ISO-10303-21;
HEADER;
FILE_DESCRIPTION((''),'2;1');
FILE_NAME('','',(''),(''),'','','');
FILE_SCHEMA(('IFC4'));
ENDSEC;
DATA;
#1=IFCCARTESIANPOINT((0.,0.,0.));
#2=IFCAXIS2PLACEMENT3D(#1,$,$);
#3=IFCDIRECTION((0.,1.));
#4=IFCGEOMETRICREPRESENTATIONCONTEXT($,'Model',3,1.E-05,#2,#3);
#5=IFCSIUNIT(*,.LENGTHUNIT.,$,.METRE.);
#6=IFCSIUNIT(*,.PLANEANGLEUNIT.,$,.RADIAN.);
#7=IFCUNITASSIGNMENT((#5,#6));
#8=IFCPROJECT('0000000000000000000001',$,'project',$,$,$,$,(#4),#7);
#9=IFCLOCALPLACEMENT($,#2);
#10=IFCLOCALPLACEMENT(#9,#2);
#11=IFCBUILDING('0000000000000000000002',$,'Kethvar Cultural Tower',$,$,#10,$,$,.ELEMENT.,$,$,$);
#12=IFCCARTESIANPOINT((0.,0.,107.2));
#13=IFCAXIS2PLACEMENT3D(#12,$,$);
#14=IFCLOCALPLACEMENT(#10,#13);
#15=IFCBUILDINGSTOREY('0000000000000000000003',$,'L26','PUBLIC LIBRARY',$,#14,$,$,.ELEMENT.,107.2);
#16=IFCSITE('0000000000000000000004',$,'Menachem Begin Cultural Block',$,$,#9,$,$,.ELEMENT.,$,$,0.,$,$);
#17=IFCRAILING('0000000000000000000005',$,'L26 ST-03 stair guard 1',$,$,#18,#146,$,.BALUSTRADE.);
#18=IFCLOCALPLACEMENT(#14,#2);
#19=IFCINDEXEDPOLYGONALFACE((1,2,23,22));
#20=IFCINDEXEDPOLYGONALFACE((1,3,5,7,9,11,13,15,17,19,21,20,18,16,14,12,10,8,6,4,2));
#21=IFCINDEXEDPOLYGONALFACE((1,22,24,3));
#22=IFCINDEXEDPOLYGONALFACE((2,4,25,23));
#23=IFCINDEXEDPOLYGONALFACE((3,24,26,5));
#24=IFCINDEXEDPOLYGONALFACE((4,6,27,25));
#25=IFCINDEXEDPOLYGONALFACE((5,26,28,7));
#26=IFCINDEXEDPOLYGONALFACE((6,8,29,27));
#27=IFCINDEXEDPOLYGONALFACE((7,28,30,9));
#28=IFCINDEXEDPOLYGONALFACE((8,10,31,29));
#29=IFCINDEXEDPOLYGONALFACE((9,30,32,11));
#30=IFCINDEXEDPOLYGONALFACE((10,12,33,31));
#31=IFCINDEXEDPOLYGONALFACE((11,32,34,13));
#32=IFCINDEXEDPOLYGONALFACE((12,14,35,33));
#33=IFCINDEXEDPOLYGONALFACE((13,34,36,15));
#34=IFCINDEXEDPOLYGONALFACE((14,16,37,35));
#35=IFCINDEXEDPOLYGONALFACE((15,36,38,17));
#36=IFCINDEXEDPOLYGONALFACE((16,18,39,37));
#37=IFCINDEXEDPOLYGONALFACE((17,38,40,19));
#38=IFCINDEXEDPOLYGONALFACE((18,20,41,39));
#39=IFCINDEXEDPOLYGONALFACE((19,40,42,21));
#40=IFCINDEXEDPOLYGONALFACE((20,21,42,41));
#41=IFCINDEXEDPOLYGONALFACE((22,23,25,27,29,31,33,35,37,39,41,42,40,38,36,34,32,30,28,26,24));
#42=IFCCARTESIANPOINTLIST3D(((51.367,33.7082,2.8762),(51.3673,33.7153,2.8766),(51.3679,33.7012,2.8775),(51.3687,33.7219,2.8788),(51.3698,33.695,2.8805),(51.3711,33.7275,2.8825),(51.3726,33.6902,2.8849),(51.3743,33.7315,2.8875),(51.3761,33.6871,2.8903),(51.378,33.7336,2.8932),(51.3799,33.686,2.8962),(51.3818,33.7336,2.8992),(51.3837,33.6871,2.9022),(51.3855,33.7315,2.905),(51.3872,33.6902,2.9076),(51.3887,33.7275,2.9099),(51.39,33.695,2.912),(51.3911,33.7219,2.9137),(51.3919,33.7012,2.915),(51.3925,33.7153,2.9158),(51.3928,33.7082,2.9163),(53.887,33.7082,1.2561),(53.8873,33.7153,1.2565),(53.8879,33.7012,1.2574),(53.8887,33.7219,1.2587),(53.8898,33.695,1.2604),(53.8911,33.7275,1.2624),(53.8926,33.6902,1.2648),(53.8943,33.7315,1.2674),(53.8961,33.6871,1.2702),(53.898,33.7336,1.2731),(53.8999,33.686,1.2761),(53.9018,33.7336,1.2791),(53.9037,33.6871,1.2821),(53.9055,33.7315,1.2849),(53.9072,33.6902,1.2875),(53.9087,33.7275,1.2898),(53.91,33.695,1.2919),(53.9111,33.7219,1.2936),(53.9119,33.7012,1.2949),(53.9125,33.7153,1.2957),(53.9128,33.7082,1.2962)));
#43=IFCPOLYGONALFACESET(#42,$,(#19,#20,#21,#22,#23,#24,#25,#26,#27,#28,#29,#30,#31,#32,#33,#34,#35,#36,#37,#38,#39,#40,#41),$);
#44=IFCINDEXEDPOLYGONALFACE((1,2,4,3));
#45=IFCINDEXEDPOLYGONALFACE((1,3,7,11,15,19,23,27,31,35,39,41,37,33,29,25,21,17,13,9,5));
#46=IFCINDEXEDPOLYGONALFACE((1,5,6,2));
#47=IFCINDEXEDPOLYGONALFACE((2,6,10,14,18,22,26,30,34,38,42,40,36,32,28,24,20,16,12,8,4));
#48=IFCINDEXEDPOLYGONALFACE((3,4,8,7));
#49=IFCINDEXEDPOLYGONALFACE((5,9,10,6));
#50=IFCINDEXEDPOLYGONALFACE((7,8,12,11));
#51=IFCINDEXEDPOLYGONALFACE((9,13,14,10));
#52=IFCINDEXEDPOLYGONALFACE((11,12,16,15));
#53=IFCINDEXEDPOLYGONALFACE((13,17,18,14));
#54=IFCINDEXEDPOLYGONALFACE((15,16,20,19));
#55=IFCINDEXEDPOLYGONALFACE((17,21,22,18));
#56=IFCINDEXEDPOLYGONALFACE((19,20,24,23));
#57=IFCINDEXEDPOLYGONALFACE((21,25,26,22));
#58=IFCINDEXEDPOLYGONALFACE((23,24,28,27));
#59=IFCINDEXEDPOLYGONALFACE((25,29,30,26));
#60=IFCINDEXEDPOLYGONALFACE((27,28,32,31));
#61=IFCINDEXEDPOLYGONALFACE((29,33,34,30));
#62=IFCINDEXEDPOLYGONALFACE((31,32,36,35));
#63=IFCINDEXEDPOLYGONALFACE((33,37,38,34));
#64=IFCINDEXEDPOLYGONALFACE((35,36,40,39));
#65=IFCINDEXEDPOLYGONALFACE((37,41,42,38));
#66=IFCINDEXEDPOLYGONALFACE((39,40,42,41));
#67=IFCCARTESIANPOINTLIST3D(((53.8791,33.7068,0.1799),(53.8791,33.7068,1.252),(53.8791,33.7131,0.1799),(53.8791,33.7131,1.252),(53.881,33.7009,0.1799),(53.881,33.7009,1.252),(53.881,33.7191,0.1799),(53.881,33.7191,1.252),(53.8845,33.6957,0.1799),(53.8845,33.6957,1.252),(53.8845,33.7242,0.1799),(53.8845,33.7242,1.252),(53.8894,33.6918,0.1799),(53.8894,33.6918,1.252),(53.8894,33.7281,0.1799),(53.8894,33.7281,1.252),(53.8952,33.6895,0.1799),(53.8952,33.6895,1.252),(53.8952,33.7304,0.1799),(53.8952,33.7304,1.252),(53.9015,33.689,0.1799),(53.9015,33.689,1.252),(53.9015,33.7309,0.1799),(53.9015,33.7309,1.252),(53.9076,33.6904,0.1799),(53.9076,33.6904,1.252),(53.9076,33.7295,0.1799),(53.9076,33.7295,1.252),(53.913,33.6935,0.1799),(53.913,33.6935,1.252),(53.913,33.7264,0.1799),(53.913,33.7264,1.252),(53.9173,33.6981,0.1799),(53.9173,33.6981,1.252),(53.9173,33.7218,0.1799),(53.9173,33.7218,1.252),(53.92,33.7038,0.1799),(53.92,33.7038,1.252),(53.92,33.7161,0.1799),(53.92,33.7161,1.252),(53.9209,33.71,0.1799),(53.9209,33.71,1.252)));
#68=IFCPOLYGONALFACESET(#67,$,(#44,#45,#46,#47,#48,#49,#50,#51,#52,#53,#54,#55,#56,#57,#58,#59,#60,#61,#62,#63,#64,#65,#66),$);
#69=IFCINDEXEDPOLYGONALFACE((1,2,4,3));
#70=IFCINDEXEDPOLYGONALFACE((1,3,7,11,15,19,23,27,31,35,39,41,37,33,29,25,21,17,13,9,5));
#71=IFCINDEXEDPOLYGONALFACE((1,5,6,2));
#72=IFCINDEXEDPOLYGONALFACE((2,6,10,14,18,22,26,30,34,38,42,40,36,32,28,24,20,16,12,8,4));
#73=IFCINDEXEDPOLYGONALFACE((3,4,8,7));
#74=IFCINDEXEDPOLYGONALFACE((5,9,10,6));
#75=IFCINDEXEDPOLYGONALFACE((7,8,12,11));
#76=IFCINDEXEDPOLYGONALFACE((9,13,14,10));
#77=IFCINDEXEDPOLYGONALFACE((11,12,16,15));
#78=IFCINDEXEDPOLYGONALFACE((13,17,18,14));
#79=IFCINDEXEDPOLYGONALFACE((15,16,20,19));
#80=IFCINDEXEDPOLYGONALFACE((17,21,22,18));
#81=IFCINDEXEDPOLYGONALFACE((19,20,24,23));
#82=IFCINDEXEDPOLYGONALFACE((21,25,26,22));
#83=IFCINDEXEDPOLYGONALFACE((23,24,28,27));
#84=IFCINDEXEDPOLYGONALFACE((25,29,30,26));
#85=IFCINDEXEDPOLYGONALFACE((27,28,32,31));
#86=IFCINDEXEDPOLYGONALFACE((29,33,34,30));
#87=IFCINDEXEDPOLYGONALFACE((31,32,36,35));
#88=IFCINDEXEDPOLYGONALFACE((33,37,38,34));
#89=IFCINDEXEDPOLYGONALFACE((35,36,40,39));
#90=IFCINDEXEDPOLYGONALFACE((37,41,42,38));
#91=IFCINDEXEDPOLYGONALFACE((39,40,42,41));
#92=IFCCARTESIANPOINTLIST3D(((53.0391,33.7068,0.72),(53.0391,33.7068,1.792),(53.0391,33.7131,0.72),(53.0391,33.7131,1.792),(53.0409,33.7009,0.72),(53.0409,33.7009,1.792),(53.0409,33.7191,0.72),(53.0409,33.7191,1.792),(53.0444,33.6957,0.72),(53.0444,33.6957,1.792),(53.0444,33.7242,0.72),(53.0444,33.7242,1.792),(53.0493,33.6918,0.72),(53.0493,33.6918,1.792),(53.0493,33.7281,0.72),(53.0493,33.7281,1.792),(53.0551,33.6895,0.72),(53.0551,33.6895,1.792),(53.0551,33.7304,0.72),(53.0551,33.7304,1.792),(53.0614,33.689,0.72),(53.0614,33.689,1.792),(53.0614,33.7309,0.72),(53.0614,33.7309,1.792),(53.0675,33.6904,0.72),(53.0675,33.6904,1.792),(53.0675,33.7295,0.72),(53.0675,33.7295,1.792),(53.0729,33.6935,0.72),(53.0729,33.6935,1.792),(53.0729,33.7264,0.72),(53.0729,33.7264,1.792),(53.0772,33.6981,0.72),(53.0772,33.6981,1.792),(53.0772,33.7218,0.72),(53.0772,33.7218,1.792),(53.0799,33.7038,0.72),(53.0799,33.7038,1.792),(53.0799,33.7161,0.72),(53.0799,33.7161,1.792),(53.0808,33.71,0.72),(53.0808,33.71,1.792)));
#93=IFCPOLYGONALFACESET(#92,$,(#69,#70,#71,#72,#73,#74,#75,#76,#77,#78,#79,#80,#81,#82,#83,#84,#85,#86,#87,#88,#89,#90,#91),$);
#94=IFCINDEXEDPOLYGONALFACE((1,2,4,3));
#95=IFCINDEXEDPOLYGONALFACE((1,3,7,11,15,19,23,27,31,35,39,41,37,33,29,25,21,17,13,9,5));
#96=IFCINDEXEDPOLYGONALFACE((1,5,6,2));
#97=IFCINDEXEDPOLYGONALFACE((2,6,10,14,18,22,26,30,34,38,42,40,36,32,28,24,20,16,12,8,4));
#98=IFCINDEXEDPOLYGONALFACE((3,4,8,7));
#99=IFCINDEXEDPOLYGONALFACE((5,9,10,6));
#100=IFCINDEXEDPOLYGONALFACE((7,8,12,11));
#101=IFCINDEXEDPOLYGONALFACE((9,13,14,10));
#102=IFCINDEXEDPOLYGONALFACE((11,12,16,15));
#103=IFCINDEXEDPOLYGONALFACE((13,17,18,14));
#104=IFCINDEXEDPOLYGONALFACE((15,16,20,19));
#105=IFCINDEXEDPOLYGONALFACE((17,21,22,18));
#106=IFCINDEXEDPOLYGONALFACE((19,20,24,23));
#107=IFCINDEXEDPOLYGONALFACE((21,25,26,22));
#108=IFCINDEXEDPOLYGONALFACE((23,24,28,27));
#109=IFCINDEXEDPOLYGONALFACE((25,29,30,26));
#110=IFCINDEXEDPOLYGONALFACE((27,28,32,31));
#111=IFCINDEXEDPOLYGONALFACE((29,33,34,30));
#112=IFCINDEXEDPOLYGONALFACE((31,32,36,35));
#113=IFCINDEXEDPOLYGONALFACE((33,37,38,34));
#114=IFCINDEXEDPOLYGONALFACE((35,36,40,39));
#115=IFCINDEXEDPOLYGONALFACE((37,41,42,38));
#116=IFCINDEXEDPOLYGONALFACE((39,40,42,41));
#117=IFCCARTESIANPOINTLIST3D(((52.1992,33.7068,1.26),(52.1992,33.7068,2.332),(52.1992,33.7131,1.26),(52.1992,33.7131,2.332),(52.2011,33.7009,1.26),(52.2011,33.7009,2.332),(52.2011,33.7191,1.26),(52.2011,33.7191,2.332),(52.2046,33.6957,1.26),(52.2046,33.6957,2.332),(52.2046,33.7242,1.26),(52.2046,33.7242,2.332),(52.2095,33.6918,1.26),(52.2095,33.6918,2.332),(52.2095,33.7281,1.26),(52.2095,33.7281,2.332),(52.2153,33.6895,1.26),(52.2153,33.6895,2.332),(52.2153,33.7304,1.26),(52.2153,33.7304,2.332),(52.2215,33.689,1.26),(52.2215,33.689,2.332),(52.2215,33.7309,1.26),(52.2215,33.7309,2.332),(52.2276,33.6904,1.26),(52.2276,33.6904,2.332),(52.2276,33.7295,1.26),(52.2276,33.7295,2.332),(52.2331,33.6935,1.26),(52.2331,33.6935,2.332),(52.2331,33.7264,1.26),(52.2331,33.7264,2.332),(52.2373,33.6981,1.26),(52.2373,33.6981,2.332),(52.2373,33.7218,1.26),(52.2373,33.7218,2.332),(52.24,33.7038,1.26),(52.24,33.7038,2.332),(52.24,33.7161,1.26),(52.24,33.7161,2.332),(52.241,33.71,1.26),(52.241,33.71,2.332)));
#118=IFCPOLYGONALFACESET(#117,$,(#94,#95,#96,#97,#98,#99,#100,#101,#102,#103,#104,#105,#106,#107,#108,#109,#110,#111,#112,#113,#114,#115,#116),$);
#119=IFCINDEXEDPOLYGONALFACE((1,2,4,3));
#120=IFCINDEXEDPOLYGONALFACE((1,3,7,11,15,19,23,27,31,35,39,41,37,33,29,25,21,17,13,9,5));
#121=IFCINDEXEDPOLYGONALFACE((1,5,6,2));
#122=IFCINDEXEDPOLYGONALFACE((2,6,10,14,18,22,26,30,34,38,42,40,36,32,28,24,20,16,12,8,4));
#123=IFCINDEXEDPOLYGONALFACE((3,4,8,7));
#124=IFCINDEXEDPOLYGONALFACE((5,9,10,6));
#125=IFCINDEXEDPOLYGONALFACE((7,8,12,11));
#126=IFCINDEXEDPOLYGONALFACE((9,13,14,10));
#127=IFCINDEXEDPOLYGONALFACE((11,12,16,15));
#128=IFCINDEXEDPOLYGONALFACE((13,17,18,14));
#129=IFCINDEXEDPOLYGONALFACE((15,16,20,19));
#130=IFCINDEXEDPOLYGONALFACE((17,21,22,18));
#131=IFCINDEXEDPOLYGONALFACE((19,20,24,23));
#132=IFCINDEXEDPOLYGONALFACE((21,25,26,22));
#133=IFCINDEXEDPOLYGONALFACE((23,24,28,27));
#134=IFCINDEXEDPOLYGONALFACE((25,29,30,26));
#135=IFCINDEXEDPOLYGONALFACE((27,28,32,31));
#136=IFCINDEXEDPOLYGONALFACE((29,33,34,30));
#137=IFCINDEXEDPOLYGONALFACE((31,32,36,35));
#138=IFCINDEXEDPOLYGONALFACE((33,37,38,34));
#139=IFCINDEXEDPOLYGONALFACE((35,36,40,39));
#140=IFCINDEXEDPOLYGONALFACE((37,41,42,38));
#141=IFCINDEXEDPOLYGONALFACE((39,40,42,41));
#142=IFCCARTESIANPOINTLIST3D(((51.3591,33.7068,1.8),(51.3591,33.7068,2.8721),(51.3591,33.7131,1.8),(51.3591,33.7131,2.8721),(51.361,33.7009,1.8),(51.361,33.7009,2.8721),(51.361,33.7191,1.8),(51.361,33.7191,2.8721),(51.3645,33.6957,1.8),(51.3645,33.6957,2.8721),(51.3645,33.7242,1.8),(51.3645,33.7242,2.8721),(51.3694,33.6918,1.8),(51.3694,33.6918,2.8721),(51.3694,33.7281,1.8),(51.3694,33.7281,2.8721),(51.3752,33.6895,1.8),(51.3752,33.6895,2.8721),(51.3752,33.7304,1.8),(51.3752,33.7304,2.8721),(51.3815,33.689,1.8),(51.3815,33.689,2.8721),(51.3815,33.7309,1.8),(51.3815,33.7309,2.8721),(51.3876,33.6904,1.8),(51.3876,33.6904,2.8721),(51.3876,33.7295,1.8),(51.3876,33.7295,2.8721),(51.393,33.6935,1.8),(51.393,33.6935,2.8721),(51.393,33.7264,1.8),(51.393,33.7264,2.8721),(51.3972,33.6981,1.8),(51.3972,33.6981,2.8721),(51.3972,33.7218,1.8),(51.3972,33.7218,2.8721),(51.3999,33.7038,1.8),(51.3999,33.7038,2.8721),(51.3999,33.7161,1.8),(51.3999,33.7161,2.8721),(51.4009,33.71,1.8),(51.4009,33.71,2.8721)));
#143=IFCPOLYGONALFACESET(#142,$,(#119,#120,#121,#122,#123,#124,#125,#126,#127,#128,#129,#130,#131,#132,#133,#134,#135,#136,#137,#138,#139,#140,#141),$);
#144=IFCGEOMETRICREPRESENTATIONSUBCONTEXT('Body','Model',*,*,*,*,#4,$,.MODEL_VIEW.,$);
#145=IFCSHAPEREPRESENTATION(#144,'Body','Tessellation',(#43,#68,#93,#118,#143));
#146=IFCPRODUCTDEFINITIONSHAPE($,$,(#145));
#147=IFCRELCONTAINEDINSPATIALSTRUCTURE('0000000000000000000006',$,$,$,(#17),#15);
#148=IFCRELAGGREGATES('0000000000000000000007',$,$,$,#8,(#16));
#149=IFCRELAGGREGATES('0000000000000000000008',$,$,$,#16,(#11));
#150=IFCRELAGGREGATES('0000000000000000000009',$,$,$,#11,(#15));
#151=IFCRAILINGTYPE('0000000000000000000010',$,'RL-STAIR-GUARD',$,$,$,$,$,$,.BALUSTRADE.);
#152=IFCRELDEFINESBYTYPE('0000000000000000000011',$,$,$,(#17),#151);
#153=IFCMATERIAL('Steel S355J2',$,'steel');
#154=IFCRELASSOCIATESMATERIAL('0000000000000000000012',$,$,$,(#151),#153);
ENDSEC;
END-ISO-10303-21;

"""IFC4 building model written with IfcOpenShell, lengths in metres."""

from ifc_helpers import new_model, si_unit, direction, frame, origin, origin_2d, place, context, subcontext, project, spatial, circle, extrude, material, type_object, element, save


model = new_model("IFC4")

# Units and contexts
model_context = context("Model", 3, precision=1e-05, world=origin(), true_north=direction((0.0, 1.0)))
body_context = subcontext(model_context, "Body", "Model", "MODEL_VIEW")
ifc_project = project(units=[si_unit("LENGTHUNIT", "METRE"), si_unit("PLANEANGLEUNIT", "RADIAN")], contexts=[model_context])

# Site, building, storey
site_placement = place(None, origin())
site = spatial("IfcSite", under=ifc_project, at=site_placement, Name="Menachem Begin Cultural Block", CompositionType="ELEMENT", RefElevation=0.0)
building_placement = place(site_placement, origin())
building = spatial("IfcBuilding", under=site, at=building_placement, Name="Kethvar Cultural Tower", CompositionType="ELEMENT")
storey_placement = place(building_placement, frame((0.0, 0.0, 107.2)))
storey = spatial("IfcBuildingStorey", under=building, at=storey_placement, Name="L26", Description="PUBLIC LIBRARY", CompositionType="ELEMENT", Elevation=107.2)

# Shared definitions
ifc_material_1 = material(Name="Steel S355J2", Category="steel")

# Railing
railing_type_1 = type_object("IfcRailingType", Name="RL-STAIR-GUARD", PredefinedType="BALUSTRADE", material=ifc_material_1)
railing_1_placement = place(storey_placement, frame((53.8999, 33.71, 0.1799)))
element("IfcRailing", 1, at=railing_1_placement, inside=storey, type_object=railing_type_1, Name="L26 ST-03 stair guard 1", PredefinedType="BALUSTRADE", context=body_context, shape_type="SweptSolid", body=[
    extrude(circle(Radius=0.0239, at=origin_2d()), frame((0.0, 0.0, 1.0962), z_axis=(-0.841163, 0.0, 0.540782), x_axis=(0.0, -1.0, 0.0)), (0.0, 0.0, 1.0), 2.9958),
    extrude(circle(Radius=0.021, at=origin_2d()), origin(), (0.0, 0.0, 1.0), 1.072),
    extrude(circle(Radius=0.021, at=origin_2d()), frame((-0.8401, 0.0, 0.54)), (0.0, 0.0, 1.0), 1.072),
    extrude(circle(Radius=0.021, at=origin_2d()), frame((-1.6799, 0.0, 1.0801)), (0.0, 0.0, 1.0), 1.072),
    extrude(circle(Radius=0.021, at=origin_2d()), frame((-2.52, 0.0, 1.6201)), (0.0, 0.0, 1.0), 1.072),
])

save(model, "model.ifc")
